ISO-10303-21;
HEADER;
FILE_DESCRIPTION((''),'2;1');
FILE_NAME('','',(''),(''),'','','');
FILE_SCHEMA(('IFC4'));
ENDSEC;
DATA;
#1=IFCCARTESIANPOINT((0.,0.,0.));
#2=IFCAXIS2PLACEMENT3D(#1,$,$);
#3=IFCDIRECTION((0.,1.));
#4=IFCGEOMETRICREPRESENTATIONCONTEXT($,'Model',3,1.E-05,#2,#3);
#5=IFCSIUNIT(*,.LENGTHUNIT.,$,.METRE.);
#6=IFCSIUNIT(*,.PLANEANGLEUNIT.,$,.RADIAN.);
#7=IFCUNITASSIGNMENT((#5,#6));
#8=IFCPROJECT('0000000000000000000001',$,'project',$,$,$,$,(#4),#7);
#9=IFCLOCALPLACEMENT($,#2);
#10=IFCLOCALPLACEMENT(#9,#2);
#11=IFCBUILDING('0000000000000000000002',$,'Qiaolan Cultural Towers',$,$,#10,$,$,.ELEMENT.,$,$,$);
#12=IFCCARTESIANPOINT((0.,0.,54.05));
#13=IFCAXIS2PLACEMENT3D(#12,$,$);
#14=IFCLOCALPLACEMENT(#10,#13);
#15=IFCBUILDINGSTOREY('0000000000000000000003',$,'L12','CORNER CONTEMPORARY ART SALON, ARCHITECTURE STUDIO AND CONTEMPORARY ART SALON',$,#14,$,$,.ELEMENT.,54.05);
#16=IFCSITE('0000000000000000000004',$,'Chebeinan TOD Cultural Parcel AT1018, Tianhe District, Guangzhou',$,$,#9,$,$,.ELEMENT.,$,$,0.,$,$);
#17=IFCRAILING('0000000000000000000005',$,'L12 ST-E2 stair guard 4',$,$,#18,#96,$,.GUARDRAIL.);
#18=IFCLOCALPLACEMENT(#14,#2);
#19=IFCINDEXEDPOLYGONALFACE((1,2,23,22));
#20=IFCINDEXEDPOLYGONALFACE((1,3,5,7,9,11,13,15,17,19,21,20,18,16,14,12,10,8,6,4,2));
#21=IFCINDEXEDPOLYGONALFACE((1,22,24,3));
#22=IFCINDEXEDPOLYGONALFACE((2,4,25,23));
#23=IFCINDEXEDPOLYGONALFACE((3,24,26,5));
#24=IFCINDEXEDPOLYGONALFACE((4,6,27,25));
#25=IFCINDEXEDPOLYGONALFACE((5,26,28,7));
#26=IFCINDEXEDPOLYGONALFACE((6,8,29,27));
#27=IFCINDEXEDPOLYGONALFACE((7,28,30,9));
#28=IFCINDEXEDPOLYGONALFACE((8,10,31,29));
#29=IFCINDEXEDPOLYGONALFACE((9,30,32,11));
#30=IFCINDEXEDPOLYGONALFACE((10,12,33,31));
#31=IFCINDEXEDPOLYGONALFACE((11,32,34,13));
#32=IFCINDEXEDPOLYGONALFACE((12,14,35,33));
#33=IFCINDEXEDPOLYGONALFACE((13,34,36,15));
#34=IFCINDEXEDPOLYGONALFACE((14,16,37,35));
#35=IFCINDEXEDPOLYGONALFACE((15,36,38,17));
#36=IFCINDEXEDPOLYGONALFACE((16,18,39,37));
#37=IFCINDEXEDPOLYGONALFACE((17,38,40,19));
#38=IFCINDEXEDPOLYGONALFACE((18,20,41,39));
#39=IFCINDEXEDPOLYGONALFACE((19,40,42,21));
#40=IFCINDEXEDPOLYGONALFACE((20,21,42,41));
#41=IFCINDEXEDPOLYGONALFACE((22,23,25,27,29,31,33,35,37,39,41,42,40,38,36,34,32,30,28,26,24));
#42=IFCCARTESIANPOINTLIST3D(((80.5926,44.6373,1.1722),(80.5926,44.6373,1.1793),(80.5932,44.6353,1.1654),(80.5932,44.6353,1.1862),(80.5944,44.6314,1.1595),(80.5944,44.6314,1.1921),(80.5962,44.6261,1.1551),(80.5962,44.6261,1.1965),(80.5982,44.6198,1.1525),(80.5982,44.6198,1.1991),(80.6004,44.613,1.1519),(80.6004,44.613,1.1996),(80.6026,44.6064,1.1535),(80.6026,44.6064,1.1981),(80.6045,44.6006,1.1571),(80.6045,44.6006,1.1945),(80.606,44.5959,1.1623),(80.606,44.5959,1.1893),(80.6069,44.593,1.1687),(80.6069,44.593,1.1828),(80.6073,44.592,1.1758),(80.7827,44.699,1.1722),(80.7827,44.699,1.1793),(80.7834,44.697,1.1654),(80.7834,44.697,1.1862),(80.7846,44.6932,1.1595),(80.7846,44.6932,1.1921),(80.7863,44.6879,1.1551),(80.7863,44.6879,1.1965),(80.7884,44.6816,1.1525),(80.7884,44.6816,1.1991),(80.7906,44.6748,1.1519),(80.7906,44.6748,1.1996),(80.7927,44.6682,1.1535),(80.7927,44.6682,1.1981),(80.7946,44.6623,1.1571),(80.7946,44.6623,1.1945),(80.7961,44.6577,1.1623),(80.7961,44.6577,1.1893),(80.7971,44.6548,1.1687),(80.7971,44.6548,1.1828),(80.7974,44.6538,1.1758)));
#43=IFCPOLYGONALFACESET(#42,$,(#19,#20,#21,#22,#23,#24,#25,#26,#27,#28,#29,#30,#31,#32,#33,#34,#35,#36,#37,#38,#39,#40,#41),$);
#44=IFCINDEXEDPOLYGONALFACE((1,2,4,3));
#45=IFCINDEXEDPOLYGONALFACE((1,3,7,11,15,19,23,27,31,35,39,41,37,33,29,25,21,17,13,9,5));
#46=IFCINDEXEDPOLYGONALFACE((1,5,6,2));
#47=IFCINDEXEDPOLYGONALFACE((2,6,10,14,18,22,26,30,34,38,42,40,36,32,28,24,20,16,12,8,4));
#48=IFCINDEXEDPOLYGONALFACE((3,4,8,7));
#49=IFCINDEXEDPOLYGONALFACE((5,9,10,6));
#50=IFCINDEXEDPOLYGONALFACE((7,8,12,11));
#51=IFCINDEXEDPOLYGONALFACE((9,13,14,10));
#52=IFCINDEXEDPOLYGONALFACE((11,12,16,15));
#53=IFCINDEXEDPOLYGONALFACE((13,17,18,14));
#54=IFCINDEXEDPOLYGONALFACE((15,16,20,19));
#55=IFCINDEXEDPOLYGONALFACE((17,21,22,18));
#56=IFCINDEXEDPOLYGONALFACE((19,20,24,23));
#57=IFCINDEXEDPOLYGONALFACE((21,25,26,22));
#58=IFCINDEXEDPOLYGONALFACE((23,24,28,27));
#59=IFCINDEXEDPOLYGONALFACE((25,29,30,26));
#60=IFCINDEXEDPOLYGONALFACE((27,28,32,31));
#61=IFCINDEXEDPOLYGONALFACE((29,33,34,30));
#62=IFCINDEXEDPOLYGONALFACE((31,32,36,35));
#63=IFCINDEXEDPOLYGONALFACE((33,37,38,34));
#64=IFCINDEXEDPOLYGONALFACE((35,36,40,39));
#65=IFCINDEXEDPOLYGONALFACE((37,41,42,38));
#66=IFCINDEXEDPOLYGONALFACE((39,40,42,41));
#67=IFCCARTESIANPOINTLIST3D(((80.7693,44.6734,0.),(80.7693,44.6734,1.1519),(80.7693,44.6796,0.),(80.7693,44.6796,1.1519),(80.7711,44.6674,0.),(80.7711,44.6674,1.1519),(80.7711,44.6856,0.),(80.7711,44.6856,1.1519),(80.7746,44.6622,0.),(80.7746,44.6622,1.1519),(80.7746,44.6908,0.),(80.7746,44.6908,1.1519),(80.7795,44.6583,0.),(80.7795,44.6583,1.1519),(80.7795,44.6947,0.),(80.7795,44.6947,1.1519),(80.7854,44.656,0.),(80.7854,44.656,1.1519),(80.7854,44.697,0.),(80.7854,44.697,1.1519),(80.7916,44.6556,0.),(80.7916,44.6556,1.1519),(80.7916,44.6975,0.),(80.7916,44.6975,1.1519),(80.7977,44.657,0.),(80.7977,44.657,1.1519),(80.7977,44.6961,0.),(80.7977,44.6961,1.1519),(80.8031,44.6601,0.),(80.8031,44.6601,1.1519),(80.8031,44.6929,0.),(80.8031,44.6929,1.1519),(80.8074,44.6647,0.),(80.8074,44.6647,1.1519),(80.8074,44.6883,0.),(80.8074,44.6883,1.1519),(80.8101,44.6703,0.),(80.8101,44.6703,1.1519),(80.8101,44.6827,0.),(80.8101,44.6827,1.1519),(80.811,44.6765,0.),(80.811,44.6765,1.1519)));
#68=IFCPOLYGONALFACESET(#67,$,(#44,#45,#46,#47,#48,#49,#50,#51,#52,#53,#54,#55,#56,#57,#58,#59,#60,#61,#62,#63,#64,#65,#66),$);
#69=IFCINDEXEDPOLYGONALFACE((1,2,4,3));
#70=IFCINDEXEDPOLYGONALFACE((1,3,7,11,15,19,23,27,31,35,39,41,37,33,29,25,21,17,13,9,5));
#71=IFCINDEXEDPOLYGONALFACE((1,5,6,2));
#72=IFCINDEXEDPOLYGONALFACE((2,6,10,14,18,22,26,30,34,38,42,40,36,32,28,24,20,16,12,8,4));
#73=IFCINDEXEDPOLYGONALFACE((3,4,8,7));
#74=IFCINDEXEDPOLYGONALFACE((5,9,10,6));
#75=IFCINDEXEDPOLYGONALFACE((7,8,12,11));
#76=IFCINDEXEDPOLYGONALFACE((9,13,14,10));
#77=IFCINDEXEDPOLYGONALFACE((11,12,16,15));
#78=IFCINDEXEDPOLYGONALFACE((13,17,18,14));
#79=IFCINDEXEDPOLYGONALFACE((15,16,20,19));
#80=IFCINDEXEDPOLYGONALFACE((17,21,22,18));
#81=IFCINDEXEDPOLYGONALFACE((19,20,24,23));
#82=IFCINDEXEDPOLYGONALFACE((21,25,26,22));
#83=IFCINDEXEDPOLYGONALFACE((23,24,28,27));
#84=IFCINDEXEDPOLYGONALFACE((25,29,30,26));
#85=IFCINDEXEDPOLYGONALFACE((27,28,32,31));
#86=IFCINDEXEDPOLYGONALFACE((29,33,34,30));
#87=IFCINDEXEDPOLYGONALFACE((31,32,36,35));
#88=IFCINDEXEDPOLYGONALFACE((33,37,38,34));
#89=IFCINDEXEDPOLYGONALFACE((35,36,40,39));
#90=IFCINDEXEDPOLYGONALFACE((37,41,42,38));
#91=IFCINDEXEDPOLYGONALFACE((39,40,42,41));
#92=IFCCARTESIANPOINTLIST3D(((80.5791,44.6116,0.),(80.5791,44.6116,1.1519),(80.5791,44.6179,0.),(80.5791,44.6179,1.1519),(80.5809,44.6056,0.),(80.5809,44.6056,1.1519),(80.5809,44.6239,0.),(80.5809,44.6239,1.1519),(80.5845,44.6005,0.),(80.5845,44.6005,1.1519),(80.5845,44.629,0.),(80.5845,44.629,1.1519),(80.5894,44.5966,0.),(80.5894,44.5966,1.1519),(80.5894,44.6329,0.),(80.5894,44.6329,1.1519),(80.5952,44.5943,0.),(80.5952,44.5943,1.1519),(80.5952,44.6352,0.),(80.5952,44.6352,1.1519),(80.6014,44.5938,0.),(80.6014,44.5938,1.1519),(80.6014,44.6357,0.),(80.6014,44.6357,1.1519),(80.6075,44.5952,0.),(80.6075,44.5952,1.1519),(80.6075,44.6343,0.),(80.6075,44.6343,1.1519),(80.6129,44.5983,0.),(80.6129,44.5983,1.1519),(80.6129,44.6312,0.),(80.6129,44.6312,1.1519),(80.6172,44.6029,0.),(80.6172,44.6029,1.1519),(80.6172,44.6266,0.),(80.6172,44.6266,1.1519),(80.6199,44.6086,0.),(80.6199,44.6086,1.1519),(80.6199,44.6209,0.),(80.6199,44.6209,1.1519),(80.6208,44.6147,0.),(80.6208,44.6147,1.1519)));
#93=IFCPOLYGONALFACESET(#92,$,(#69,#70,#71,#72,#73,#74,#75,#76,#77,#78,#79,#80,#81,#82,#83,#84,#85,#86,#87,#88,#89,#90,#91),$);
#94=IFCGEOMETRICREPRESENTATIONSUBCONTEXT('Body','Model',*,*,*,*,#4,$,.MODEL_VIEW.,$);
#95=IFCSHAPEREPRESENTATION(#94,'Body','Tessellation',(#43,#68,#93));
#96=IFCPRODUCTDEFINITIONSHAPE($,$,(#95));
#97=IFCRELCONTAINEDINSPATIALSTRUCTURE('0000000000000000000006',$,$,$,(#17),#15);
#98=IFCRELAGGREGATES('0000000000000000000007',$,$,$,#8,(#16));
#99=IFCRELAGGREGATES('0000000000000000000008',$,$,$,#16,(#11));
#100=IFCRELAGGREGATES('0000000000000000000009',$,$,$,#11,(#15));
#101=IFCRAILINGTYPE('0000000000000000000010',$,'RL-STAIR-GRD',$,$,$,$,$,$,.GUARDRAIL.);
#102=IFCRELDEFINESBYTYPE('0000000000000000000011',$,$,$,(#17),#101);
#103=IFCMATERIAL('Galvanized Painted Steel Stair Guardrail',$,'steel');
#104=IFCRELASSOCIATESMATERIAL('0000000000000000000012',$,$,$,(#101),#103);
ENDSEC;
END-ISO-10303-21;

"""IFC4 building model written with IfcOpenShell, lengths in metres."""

from ifc_helpers import new_model, si_unit, direction, frame, origin, origin_2d, place, context, subcontext, project, spatial, circle, extrude, material, type_object, element, save


model = new_model("IFC4")

# Units and contexts
model_context = context("Model", 3, precision=1e-05, world=origin(), true_north=direction((0.0, 1.0)))
body_context = subcontext(model_context, "Body", "Model", "MODEL_VIEW")
ifc_project = project(units=[si_unit("LENGTHUNIT", "METRE"), si_unit("PLANEANGLEUNIT", "RADIAN")], contexts=[model_context])

# Site, building, storey
site_placement = place(None, origin())
site = spatial("IfcSite", under=ifc_project, at=site_placement, Name="Chebeinan TOD Cultural Parcel AT1018, Tianhe District, Guangzhou", CompositionType="ELEMENT", RefElevation=0.0)
building_placement = place(site_placement, origin())
building = spatial("IfcBuilding", under=site, at=building_placement, Name="Qiaolan Cultural Towers", CompositionType="ELEMENT")
storey_placement = place(building_placement, frame((0.0, 0.0, 54.05)))
storey = spatial("IfcBuildingStorey", under=building, at=storey_placement, Name="L12", Description="CORNER CONTEMPORARY ART SALON, ARCHITECTURE STUDIO AND CONTEMPORARY ART SALON", CompositionType="ELEMENT", Elevation=54.05)

# Railing
ifc_material_1 = material(Name="Galvanized Painted Steel Stair Guardrail", Category="steel")
railing_type_1 = type_object("IfcRailingType", Name="RL-STAIR-GRD", PredefinedType="GUARDRAIL", material=ifc_material_1)
railing_1_placement = place(storey_placement, frame((80.79, 44.6765, 0.0)))
element("IfcRailing", 1, at=railing_1_placement, inside=storey, type_object=railing_type_1, Name="L12 ST-E2 stair guard 4", PredefinedType="GUARDRAIL", context=body_context, shape_type="SweptSolid", body=[
    extrude(circle(Radius=0.0239, at=origin_2d()), frame((0.0, 0.0, 1.1758), z_axis=(-0.951097, -0.308893, 0.0), x_axis=(0.308893, -0.951097, 0.0)), (0.0, 0.0, 1.0), 0.2),
    extrude(circle(Radius=0.021, at=origin_2d()), origin(), (0.0, 0.0, 1.0), 1.1519),
    extrude(circle(Radius=0.021, at=origin_2d()), frame((-0.1902, -0.0618, 0.0)), (0.0, 0.0, 1.0), 1.1519),
])

save(model, "model.ifc")
